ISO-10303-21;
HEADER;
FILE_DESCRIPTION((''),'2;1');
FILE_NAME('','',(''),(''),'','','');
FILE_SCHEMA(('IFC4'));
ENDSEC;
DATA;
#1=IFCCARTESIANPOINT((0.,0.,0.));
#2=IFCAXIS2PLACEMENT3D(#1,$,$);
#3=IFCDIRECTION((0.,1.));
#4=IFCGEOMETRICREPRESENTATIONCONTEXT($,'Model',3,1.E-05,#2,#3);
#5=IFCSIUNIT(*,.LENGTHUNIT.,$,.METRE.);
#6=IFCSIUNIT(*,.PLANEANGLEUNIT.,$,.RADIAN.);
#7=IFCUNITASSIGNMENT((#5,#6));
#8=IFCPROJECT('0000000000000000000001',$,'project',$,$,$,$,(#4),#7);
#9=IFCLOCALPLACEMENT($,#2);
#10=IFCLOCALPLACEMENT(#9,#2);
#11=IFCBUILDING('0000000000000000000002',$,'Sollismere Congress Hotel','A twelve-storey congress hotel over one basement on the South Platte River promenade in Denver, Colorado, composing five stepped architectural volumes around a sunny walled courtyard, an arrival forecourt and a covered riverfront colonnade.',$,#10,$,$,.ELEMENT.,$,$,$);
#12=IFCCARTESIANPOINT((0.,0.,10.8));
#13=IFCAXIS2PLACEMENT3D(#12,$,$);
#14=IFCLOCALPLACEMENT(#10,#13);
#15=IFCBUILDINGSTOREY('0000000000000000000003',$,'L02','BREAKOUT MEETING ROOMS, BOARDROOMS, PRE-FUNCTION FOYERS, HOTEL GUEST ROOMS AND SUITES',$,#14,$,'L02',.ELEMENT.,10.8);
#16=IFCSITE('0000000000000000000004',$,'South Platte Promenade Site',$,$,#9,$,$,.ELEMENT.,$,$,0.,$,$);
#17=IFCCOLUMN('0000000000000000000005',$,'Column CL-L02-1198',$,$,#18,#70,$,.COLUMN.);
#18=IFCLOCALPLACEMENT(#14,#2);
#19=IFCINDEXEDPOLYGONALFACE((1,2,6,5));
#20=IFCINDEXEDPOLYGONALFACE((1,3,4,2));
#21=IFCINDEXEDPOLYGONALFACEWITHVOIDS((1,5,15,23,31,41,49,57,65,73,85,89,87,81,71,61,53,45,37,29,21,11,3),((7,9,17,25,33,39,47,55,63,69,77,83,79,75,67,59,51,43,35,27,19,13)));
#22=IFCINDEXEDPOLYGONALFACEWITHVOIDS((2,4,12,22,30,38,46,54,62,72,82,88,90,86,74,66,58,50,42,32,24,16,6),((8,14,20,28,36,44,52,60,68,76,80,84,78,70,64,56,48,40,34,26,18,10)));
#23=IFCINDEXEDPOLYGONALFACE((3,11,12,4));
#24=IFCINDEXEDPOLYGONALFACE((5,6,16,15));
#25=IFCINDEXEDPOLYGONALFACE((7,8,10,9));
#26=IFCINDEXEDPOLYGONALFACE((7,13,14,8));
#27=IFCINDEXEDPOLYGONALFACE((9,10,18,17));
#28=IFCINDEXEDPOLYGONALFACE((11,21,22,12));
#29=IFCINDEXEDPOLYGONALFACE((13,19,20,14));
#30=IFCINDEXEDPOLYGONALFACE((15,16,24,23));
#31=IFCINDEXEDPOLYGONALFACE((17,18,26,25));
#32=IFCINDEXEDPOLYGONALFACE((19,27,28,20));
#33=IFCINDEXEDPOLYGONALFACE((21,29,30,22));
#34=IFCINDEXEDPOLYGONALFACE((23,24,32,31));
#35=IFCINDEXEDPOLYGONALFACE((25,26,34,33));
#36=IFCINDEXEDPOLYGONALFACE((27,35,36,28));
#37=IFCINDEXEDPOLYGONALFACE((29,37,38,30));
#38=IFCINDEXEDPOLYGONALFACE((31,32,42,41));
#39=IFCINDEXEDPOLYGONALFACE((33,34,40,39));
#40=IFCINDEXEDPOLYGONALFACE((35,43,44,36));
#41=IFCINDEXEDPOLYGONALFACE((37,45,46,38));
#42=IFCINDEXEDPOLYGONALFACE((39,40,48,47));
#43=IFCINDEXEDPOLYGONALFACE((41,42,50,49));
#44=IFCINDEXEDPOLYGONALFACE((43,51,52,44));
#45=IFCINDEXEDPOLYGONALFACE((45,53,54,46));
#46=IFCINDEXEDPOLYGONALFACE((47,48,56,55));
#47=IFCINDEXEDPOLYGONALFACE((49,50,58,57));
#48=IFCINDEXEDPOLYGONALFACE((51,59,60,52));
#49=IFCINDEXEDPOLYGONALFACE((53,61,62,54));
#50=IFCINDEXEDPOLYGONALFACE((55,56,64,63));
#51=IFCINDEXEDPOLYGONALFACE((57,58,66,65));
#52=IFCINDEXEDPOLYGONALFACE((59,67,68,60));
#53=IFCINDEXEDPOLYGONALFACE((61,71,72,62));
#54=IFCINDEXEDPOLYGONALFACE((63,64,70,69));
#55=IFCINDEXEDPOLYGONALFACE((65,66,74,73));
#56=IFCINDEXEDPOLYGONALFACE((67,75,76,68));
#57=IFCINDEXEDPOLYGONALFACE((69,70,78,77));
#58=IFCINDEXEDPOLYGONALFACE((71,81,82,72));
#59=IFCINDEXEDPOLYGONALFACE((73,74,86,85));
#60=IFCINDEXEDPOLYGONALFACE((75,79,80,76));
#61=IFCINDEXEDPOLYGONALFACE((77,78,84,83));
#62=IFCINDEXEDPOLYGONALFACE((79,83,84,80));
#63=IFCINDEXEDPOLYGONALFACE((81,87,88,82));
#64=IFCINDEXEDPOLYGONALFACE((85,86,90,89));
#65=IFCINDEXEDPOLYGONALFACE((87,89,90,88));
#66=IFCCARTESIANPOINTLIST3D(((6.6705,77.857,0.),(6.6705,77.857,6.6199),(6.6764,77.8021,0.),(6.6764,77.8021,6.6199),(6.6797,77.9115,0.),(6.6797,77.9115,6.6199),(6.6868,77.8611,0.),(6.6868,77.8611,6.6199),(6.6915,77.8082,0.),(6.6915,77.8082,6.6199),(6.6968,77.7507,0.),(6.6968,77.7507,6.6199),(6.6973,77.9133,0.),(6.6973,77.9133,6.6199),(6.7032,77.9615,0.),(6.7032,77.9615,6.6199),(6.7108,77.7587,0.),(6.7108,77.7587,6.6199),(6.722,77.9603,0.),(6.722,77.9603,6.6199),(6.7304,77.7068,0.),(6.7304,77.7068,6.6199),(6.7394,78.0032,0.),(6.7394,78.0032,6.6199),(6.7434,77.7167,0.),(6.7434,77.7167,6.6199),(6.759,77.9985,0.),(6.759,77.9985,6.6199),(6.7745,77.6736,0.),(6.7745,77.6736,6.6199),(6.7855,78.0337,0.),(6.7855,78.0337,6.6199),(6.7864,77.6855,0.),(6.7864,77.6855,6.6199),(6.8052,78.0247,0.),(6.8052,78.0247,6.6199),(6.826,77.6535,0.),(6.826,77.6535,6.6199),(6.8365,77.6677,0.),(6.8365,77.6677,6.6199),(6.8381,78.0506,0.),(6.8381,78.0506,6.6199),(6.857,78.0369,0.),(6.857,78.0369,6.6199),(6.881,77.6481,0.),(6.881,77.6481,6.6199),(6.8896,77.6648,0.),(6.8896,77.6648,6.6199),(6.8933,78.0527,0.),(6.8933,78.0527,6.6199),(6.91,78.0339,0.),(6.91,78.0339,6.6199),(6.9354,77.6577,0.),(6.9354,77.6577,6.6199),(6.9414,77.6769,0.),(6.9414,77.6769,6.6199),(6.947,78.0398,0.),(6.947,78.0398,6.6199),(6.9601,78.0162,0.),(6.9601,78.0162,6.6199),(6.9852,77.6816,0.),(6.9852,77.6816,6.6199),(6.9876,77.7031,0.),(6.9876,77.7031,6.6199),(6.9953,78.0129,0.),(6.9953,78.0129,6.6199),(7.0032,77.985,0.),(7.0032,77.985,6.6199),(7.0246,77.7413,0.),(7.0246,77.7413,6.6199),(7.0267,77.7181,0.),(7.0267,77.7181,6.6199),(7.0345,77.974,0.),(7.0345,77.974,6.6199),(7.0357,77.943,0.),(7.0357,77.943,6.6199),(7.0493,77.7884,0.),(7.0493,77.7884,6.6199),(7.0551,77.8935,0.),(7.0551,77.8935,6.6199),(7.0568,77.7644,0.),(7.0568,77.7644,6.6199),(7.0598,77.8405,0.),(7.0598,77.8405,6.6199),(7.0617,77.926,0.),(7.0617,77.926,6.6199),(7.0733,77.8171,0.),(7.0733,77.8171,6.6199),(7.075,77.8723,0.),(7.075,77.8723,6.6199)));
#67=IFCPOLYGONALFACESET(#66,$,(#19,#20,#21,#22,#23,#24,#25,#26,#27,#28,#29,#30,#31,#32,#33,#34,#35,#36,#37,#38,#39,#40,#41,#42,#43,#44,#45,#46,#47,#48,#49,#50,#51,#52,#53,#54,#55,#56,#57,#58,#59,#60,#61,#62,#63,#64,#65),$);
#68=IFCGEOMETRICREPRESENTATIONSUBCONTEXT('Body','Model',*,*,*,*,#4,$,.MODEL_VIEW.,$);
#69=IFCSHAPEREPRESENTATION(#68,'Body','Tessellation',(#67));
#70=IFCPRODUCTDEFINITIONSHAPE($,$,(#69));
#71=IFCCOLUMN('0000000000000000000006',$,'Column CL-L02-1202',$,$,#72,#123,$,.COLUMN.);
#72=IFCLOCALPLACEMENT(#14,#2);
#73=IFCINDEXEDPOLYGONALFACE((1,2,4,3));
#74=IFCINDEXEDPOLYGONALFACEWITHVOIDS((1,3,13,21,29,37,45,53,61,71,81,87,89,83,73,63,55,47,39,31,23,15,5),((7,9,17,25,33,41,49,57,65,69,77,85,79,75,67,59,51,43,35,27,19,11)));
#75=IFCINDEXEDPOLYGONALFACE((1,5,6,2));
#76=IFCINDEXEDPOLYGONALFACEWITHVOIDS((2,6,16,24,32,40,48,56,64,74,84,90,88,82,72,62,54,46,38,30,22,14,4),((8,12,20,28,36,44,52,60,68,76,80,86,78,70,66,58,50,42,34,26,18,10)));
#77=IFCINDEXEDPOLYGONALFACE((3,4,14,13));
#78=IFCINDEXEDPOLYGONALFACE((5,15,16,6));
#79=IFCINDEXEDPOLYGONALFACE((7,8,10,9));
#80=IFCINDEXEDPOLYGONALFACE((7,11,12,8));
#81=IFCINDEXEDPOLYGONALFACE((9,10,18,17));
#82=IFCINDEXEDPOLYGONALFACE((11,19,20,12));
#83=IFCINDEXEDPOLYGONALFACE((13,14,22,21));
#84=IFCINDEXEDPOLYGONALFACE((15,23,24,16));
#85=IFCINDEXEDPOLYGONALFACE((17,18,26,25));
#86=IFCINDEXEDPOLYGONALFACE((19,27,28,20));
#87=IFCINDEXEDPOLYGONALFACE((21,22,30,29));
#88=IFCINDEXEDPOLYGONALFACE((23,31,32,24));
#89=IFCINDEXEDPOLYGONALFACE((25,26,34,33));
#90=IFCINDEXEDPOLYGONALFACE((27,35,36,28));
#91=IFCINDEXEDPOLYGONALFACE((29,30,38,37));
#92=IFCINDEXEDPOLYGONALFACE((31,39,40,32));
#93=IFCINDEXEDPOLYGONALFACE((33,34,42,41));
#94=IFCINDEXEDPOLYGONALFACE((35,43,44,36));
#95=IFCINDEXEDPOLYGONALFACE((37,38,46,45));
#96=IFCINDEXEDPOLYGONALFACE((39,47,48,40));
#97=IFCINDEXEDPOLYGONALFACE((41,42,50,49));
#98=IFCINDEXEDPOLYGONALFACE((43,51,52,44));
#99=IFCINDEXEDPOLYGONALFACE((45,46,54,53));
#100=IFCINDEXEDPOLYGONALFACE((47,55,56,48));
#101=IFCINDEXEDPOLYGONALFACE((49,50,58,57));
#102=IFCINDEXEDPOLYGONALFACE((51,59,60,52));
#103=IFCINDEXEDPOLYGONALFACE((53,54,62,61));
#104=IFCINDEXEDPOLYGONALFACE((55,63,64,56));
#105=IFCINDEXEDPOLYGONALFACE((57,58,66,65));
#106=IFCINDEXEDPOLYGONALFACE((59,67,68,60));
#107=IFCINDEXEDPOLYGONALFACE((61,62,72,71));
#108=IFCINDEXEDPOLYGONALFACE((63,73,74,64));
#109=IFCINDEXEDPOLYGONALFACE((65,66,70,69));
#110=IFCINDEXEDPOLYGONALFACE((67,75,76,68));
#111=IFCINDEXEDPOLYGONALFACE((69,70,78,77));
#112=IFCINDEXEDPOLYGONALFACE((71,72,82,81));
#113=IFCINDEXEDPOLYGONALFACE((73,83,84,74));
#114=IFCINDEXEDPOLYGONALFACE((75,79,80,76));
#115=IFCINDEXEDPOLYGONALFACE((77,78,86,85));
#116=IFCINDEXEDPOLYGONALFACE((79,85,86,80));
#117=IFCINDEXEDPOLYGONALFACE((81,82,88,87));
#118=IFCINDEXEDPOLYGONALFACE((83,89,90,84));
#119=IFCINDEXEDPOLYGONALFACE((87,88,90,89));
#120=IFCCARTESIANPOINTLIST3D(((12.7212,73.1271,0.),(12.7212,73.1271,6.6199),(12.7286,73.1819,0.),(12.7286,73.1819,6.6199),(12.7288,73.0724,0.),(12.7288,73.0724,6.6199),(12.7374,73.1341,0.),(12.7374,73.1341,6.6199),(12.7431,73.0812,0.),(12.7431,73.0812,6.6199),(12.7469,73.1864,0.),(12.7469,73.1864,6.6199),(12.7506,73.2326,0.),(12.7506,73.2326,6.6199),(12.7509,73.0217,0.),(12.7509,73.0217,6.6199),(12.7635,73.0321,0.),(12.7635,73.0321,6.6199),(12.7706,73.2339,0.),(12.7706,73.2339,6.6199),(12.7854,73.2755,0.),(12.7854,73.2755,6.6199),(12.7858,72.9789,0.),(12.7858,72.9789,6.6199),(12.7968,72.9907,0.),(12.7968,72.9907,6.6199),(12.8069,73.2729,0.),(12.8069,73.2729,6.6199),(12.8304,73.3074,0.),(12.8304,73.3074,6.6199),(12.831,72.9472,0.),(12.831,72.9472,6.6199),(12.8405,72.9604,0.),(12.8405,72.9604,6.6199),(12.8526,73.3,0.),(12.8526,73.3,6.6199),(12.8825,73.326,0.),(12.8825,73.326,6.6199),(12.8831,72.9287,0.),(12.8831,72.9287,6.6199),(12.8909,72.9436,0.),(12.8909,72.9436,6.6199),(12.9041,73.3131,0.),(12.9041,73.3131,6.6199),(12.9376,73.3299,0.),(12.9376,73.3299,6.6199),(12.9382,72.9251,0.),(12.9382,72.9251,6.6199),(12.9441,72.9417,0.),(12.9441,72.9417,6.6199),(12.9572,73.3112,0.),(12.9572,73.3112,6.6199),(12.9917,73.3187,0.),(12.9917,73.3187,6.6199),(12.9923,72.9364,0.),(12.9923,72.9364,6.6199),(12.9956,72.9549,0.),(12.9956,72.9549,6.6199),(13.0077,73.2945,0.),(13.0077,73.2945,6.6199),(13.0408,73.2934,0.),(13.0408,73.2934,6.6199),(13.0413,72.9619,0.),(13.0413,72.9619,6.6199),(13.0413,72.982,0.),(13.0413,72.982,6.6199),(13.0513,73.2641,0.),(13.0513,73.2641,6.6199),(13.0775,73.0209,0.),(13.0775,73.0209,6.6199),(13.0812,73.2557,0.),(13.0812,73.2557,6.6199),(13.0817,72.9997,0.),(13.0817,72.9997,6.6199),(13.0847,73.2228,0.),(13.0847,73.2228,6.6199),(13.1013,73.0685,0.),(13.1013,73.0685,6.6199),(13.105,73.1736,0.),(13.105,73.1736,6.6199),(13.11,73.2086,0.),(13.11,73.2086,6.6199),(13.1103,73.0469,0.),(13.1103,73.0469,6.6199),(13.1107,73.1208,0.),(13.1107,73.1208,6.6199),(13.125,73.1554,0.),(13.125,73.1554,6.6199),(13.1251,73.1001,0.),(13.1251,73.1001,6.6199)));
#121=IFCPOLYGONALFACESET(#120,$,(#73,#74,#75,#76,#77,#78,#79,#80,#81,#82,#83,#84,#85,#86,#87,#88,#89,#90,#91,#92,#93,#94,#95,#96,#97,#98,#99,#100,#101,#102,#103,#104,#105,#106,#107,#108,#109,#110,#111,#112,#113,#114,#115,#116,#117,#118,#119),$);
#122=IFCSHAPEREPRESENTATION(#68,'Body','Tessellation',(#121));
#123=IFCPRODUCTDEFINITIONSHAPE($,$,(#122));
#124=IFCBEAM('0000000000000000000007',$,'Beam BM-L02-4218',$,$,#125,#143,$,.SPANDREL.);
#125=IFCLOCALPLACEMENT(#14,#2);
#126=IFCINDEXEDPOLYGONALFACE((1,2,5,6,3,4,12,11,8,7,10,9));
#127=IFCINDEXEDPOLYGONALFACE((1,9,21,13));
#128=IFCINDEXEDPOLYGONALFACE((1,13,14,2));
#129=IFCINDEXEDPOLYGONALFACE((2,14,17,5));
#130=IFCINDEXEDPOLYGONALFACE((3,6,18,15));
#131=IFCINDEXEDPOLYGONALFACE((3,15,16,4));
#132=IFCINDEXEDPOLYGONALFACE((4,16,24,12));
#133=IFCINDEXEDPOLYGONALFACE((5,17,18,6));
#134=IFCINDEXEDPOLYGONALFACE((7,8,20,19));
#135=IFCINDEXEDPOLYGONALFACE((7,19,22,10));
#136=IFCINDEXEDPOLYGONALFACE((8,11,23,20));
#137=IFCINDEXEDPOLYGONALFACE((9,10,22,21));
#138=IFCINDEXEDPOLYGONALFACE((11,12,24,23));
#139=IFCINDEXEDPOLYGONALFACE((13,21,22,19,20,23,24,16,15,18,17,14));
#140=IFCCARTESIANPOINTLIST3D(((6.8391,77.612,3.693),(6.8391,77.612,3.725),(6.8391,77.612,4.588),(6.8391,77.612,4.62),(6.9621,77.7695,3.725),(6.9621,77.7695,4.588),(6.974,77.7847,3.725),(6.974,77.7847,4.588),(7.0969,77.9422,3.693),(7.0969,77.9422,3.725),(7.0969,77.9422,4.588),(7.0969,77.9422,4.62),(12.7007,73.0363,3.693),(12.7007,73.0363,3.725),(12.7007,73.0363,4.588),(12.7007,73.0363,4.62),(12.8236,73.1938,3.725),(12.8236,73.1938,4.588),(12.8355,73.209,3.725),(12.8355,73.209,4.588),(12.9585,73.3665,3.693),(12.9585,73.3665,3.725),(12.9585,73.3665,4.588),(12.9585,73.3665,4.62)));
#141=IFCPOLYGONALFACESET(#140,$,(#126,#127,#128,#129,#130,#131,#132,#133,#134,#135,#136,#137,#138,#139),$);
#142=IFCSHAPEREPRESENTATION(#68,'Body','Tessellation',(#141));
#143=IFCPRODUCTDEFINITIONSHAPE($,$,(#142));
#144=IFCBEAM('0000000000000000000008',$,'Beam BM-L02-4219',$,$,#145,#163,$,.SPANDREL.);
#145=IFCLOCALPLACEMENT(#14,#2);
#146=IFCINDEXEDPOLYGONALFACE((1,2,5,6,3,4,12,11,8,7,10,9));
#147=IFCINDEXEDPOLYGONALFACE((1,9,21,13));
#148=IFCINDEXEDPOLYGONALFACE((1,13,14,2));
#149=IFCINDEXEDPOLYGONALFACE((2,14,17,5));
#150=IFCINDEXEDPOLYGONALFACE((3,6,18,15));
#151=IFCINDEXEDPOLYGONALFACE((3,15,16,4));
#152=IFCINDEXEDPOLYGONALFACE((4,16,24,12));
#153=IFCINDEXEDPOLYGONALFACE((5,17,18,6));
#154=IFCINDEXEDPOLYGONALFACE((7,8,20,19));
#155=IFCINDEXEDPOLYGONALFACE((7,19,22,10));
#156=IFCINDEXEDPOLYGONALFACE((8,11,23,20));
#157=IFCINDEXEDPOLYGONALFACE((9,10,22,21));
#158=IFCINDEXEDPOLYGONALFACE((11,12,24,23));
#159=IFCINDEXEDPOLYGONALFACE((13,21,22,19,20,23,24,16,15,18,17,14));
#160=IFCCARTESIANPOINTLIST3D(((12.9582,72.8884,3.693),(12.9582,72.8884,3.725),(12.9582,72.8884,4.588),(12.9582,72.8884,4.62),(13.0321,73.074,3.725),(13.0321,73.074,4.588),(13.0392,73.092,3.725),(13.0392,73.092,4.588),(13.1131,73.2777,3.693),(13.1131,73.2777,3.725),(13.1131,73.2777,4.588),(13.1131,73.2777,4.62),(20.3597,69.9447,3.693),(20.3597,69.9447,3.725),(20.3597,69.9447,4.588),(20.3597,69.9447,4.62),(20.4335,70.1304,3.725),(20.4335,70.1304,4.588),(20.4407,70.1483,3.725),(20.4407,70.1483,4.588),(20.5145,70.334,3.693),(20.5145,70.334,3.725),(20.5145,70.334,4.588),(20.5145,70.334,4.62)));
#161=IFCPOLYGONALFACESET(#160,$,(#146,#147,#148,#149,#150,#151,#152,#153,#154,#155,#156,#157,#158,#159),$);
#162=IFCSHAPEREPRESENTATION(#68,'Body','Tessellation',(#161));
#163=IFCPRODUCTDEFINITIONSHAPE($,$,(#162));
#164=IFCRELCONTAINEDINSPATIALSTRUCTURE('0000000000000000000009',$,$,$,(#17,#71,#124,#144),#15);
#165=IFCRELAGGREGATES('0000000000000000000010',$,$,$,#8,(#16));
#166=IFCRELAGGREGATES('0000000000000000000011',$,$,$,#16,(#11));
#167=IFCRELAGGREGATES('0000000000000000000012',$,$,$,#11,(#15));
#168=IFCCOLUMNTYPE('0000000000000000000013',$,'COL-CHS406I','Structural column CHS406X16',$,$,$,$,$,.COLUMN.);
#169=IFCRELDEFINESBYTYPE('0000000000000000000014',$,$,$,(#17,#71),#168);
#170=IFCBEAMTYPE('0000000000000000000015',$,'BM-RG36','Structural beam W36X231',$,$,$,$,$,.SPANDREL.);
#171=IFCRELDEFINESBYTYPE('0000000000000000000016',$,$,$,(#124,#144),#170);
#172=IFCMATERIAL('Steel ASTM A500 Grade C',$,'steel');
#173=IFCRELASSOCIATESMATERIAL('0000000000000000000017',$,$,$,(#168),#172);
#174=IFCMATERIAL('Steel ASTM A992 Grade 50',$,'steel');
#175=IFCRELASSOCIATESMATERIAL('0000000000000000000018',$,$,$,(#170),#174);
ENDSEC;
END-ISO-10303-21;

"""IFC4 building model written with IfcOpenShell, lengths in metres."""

from ifc_helpers import new_model, si_unit, direction, frame, origin, origin_2d, place, context, subcontext, project, spatial, hollow_circle, i_section, extrude, material, material_profile, profile_set, type_object, element, save


model = new_model("IFC4")

# Units and contexts
model_context = context("Model", 3, precision=1e-05, world=origin(), true_north=direction((0.0, 1.0)))
body_context = subcontext(model_context, "Body", "Model", "MODEL_VIEW")
ifc_project = project(units=[si_unit("LENGTHUNIT", "METRE"), si_unit("PLANEANGLEUNIT", "RADIAN")], contexts=[model_context])

# Site, building, storey
site_placement = place(None, origin())
site = spatial("IfcSite", under=ifc_project, at=site_placement, Name="South Platte Promenade Site", CompositionType="ELEMENT", RefElevation=0.0)
building_placement = place(site_placement, origin())
building = spatial("IfcBuilding", under=site, at=building_placement, Name="Sollismere Congress Hotel", Description="A twelve-storey congress hotel over one basement on the South Platte River promenade in Denver, Colorado, composing five stepped architectural volumes around a sunny walled courtyard, an arrival forecourt and a covered riverfront colonnade.", CompositionType="ELEMENT")
storey_placement = place(building_placement, frame((0.0, 0.0, 10.8)))
storey = spatial("IfcBuildingStorey", under=building, at=storey_placement, Name="L02", Description="BREAKOUT MEETING ROOMS, BOARDROOMS, PRE-FUNCTION FOYERS, HOTEL GUEST ROOMS AND SUITES", LongName="L02", CompositionType="ELEMENT", Elevation=10.8)

# Columns
ifc_material_1 = material(Name="Steel ASTM A500 Grade C", Category="steel")
ifc_material_profile_1 = material_profile(ifc_material_1, hollow_circle(Radius=0.2029, WallThickness=0.0161, at=origin_2d()), Name="CHS406X16")
ifc_profile_set_1 = profile_set([ifc_material_profile_1], Name="Steel ASTM A500 Grade C")
column_type = type_object("IfcColumnType", Name="COL-CHS406I", Description="Structural column CHS406X16", PredefinedType="COLUMN", material=ifc_profile_set_1)
for number, where, z_axis, x_axis, name in (
    (1, (6.8733, 77.8508, 0.0), (0.0, 0.0, 1.0), (-0.86984, -0.493335, 0.0), "Column CL-L02-1198"),
    (2, (12.9241, 73.1274, 0.0), (0.0, 0.0, 1.0), (-0.68136, -0.731949, 0.0), "Column CL-L02-1202"),
):
    element("IfcColumn", number, at=place(storey_placement, frame(where, z_axis=z_axis, x_axis=x_axis)), inside=storey, type_object=column_type, Name=name, PredefinedType="COLUMN", context=body_context, shape_type="SweptSolid", body=[
        extrude(hollow_circle(Radius=0.2029, WallThickness=0.0161, at=origin_2d()), origin(), (0.0, 0.0, 1.0), 6.6199),
    ])

# Beams
ifc_material_2 = material(Name="Steel ASTM A992 Grade 50", Category="steel")
ifc_material_profile_2 = material_profile(ifc_material_2, i_section(OverallWidth=0.4189, OverallDepth=0.927, WebThickness=0.0193, FlangeThickness=0.032, at=origin_2d()), Name="W36X231")
ifc_profile_set_2 = profile_set([ifc_material_profile_2], Name="Steel ASTM A992 Grade 50")
beam_type = type_object("IfcBeamType", Name="BM-RG36", Description="Structural beam W36X231", PredefinedType="SPANDREL", material=ifc_profile_set_2)
beam_1_placement = place(storey_placement, frame((6.968, 77.7771, 4.1565), z_axis=(0.788264, -0.615338, 0.0), x_axis=(0.615338, 0.788264, 0.0)))
element("IfcBeam", 3, at=beam_1_placement, inside=storey, type_object=beam_type, Name="Beam BM-L02-4218", PredefinedType="SPANDREL", context=body_context, shape_type="SweptSolid", body=[
    extrude(i_section(OverallWidth=0.4189, OverallDepth=0.927, WebThickness=0.0193, FlangeThickness=0.032, at=origin_2d()), origin(), (0.0, 0.0, 1.0), 7.436),
])
beam_2_placement = place(storey_placement, frame((13.0356, 73.083, 4.1565), z_axis=(0.929208, -0.369556, 0.0), x_axis=(0.369556, 0.929208, 0.0)))
element("IfcBeam", 4, at=beam_2_placement, inside=storey, type_object=beam_type, Name="Beam BM-L02-4219", PredefinedType="SPANDREL", context=body_context, shape_type="SweptSolid", body=[
    extrude(i_section(OverallWidth=0.4189, OverallDepth=0.927, WebThickness=0.0193, FlangeThickness=0.032, at=origin_2d()), origin(), (0.0, 0.0, 1.0), 7.9653),
])

save(model, "model.ifc")
